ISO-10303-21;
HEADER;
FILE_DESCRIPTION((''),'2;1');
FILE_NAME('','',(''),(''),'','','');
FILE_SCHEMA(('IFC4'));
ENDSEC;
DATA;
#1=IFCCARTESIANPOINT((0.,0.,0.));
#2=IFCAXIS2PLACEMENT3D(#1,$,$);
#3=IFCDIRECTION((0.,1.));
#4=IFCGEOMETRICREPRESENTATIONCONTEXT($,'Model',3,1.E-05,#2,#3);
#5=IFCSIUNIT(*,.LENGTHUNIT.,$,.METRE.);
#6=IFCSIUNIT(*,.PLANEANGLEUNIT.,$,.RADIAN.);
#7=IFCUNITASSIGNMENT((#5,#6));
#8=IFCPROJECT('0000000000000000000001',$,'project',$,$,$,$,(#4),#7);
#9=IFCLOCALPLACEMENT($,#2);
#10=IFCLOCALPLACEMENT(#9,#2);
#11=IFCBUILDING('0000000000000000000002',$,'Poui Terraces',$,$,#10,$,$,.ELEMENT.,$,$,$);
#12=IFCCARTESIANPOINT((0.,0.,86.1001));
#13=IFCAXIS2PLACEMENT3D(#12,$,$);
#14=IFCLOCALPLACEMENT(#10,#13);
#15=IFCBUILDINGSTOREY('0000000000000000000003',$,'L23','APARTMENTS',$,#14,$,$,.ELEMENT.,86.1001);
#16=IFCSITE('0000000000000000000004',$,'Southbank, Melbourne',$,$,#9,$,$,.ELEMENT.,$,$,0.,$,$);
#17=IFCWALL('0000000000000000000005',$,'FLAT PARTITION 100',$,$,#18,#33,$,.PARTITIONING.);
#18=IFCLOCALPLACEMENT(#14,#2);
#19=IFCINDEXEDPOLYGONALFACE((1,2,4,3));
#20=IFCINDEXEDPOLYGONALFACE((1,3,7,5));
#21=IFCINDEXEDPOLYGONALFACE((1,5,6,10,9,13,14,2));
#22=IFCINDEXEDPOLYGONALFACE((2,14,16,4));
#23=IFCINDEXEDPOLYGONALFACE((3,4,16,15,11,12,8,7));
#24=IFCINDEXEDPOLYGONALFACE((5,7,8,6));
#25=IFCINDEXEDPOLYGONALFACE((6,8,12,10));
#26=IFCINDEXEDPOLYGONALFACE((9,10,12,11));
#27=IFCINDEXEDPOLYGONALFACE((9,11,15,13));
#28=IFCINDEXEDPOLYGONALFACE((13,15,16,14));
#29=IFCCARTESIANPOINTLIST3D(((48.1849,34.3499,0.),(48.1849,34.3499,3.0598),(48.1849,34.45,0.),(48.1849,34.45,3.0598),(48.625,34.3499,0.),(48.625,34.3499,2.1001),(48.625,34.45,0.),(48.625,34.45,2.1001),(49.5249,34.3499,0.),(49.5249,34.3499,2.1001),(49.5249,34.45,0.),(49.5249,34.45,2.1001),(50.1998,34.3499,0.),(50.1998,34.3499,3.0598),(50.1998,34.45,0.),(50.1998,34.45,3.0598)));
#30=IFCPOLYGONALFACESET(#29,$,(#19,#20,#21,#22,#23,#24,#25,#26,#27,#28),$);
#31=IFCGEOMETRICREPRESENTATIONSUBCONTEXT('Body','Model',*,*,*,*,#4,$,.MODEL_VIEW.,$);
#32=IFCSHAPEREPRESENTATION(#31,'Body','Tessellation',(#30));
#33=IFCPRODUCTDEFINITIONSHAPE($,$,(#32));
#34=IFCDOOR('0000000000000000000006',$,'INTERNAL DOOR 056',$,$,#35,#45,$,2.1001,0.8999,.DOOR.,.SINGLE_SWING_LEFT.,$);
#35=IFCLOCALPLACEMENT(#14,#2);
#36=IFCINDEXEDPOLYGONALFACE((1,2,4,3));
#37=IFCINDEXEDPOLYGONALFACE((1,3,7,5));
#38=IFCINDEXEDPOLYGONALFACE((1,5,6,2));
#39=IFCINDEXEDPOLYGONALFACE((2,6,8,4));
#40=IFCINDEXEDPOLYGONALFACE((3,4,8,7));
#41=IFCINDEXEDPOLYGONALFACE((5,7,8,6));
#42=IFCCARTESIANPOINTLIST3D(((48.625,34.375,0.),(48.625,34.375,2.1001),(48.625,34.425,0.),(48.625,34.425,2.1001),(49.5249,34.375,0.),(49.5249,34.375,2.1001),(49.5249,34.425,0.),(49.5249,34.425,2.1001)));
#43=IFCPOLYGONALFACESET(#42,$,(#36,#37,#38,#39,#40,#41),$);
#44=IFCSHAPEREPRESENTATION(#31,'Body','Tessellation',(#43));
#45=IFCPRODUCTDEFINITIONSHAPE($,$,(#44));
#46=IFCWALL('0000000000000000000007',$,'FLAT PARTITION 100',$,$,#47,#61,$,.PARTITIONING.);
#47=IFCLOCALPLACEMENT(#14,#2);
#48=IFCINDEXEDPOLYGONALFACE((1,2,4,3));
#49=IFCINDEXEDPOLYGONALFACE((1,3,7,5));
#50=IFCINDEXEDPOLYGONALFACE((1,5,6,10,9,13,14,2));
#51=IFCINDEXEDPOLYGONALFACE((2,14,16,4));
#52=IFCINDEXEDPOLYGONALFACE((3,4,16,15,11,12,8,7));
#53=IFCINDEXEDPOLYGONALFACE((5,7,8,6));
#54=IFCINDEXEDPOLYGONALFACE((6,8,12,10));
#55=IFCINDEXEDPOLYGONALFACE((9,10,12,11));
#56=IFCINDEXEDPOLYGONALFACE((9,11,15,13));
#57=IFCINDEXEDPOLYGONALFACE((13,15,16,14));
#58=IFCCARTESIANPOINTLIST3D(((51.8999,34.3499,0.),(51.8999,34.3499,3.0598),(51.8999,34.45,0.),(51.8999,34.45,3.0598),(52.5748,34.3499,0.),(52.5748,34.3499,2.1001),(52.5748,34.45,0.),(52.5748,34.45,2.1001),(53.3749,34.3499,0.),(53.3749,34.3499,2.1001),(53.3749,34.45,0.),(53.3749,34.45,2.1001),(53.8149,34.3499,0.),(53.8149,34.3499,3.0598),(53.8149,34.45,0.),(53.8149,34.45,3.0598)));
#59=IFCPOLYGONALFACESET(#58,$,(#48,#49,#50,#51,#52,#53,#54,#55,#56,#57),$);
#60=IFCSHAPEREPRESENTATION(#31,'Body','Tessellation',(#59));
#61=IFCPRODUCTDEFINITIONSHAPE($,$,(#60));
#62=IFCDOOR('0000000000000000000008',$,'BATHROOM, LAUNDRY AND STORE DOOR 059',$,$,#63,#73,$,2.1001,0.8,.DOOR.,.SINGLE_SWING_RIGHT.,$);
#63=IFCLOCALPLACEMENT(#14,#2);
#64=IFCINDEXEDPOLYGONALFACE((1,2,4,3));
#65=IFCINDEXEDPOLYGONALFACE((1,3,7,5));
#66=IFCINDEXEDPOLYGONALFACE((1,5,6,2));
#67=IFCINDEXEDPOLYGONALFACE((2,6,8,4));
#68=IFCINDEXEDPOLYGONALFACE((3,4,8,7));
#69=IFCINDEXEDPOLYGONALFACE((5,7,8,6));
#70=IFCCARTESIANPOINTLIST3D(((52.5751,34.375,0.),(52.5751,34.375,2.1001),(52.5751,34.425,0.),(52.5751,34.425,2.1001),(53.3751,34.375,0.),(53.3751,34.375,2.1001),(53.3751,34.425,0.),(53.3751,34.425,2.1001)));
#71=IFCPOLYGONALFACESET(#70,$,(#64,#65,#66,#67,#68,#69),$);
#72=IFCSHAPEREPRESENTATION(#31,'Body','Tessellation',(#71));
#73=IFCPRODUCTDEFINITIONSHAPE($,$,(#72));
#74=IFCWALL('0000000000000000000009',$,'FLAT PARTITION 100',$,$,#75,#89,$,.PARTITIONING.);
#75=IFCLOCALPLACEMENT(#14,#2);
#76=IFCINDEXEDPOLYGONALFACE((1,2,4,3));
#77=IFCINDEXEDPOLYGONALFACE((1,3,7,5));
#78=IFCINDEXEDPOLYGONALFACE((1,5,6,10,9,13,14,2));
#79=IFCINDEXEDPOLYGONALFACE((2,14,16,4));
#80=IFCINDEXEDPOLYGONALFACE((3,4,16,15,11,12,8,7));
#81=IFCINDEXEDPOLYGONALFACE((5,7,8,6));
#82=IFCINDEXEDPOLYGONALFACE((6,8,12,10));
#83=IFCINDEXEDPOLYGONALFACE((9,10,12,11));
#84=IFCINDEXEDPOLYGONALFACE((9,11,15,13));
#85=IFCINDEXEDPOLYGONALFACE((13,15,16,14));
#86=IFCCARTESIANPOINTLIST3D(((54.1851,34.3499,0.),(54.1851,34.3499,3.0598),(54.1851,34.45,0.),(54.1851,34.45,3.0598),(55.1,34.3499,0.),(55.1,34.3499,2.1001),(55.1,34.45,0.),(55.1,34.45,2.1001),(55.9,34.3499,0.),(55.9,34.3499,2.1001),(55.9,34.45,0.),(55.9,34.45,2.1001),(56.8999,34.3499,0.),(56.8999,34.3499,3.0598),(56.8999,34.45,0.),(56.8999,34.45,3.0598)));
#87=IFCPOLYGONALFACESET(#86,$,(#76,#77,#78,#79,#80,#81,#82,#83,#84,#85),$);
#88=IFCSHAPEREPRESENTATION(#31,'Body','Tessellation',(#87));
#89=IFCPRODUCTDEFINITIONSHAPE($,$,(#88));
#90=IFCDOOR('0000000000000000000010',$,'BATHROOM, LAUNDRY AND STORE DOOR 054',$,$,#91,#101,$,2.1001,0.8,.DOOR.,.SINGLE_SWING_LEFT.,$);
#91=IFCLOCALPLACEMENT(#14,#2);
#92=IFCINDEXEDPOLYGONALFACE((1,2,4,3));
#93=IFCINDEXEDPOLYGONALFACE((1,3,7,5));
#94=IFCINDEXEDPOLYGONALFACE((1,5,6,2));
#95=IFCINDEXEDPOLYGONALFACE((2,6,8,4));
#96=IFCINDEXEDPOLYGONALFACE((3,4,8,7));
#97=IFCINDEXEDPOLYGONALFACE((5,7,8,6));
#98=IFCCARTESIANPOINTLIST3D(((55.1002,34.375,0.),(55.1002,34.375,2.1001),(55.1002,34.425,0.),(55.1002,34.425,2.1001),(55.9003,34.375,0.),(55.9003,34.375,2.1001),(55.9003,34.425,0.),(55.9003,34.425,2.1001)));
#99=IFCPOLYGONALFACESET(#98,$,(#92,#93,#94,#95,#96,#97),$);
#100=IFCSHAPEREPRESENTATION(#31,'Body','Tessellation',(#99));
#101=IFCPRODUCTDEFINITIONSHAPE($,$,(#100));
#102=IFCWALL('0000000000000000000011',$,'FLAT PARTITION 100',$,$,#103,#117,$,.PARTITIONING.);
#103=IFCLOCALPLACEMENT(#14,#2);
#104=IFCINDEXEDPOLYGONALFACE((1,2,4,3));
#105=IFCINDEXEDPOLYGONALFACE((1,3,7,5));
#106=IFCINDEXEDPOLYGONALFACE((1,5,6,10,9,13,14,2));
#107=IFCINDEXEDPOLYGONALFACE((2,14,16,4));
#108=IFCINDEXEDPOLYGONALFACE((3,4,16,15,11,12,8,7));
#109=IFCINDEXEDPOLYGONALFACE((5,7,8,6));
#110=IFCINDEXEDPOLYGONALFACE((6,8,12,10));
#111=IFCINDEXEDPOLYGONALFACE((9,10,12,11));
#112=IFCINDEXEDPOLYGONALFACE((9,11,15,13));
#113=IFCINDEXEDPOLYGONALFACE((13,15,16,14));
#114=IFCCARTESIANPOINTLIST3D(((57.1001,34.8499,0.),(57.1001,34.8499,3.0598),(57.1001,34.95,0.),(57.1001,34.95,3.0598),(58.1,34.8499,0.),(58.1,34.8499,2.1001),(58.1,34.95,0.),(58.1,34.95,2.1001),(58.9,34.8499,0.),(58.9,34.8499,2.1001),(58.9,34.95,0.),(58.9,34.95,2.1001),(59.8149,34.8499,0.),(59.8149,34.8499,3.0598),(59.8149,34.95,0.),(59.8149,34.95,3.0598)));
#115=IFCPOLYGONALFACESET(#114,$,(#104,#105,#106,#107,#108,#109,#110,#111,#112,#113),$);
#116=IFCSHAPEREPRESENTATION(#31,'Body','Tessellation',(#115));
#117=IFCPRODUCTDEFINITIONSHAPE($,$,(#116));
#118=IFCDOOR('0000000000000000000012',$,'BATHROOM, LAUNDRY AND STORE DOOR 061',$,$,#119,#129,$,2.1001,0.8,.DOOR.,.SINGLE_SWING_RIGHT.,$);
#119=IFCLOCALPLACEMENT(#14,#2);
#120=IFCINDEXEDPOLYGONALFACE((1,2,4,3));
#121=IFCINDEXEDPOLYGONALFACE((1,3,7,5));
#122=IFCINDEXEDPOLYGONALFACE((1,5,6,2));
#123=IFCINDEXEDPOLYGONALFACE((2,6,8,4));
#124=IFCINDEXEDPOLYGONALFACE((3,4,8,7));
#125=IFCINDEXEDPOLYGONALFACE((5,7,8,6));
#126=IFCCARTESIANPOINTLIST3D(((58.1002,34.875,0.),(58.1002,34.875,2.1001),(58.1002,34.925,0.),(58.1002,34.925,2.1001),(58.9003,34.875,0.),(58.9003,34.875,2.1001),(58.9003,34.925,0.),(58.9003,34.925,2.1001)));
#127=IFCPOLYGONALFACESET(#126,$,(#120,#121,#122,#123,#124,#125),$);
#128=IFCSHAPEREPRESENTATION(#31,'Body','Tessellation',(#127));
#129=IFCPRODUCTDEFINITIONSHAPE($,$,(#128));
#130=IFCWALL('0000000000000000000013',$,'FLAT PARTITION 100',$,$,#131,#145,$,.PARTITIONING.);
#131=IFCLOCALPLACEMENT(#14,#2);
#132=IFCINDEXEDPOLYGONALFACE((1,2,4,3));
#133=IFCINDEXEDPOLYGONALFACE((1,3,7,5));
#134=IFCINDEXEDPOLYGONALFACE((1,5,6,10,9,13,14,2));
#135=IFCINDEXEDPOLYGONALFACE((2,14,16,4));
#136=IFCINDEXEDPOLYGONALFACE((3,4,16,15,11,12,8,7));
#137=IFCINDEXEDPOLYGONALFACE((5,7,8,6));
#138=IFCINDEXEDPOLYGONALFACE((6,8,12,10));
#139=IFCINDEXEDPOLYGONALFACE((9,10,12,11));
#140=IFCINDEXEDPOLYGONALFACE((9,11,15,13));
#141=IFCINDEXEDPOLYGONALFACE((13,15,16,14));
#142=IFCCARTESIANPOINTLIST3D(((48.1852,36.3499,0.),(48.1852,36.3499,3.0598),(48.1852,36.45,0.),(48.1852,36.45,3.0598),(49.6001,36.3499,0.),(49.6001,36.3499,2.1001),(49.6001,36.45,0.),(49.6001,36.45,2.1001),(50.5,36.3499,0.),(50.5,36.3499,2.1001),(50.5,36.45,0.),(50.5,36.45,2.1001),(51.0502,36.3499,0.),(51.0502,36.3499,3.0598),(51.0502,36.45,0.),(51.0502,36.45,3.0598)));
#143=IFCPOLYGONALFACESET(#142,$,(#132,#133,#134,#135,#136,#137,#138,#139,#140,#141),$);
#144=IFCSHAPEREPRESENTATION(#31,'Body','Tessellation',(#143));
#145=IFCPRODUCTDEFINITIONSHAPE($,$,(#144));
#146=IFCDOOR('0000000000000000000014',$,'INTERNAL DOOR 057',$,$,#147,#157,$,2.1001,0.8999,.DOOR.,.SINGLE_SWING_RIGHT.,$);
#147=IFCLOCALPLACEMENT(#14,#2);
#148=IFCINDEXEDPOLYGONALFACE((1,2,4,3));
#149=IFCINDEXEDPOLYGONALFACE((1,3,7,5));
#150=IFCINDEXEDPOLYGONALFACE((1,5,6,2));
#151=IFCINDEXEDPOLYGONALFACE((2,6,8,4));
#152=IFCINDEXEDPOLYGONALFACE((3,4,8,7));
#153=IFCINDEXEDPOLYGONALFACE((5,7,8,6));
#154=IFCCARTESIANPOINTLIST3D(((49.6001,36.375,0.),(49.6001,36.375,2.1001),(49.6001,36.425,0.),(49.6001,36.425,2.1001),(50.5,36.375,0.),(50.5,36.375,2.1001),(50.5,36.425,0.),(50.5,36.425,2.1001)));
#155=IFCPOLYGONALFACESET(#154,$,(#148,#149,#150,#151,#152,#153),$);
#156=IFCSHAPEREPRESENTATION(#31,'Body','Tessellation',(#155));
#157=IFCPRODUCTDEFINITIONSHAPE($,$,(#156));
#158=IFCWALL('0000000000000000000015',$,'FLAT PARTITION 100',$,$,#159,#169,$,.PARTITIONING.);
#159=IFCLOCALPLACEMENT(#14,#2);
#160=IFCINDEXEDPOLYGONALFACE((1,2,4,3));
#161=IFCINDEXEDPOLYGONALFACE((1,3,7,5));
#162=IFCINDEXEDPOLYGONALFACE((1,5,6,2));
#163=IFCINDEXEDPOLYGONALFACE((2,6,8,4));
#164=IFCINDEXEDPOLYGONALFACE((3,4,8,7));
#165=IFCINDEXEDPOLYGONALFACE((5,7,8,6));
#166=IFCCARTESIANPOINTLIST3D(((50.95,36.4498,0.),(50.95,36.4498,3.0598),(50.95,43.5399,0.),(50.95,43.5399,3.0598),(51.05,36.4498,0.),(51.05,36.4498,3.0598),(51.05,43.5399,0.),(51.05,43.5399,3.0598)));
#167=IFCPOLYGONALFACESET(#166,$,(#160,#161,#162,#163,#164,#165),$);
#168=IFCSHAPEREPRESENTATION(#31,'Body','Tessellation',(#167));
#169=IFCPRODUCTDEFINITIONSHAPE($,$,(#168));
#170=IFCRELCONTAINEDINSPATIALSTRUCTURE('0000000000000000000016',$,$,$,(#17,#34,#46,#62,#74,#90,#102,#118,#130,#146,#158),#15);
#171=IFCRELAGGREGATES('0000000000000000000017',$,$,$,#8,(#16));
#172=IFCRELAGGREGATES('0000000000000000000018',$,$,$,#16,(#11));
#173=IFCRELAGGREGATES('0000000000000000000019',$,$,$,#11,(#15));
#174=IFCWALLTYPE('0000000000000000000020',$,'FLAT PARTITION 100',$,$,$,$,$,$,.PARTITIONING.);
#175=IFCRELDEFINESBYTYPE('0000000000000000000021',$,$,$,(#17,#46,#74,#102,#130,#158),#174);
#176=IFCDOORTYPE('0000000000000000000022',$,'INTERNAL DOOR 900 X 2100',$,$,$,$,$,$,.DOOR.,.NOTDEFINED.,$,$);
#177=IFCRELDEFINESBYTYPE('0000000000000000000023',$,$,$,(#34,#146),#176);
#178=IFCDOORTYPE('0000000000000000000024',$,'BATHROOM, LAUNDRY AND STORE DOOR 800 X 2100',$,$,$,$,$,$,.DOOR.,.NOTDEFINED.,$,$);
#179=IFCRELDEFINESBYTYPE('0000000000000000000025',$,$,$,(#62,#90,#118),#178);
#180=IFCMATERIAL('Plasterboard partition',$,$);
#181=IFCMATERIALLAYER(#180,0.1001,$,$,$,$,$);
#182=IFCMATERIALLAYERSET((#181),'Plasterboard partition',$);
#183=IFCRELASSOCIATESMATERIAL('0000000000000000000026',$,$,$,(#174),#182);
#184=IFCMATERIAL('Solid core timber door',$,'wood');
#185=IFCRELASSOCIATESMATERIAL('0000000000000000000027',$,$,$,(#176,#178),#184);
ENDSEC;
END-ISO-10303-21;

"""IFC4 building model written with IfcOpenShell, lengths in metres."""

from ifc_helpers import new_model, si_unit, direction, frame, frame_2d, origin, place, context, subcontext, project, spatial, rectangle, extrude, material, layer, layer_set, type_object, element, fill, save


model = new_model("IFC4")

# Units and contexts
model_context = context("Model", 3, precision=1e-05, world=origin(), true_north=direction((0.0, 1.0)))
body_context = subcontext(model_context, "Body", "Model", "MODEL_VIEW")
ifc_project = project(units=[si_unit("LENGTHUNIT", "METRE"), si_unit("PLANEANGLEUNIT", "RADIAN")], contexts=[model_context])

# Site, building, storey
site_placement = place(None, origin())
site = spatial("IfcSite", under=ifc_project, at=site_placement, Name="Southbank, Melbourne", CompositionType="ELEMENT", RefElevation=0.0)
building_placement = place(site_placement, origin())
building = spatial("IfcBuilding", under=site, at=building_placement, Name="Poui Terraces", CompositionType="ELEMENT")
storey_placement = place(building_placement, frame((0.0, 0.0, 86.1001)))
storey = spatial("IfcBuildingStorey", under=building, at=storey_placement, Name="L23", Description="APARTMENTS", CompositionType="ELEMENT", Elevation=86.1001)

# Walls, openings, doors
ifc_material_1 = material(Name="Plasterboard partition")
ifc_layer_1 = layer(ifc_material_1, 0.1001)
ifc_layer_set_1 = layer_set([ifc_layer_1], Name="Plasterboard partition")
wall_type_1 = type_object("IfcWallType", Name="FLAT PARTITION 100", PredefinedType="PARTITIONING", material=ifc_layer_set_1)
wall_1_placement = place(storey_placement, frame((48.1851, 34.3999, 0.0), z_axis=(0.0, 0.0, 1.0), x_axis=(1.0, 0.0, 0.0)))
wall_1 = element("IfcWall", 1, at=wall_1_placement, inside=storey, type_object=wall_type_1, Name="FLAT PARTITION 100", PredefinedType="PARTITIONING", context=body_context, shape_type="SweptSolid", body=[
    extrude(rectangle(XDim=2.0149, YDim=0.1001, at=frame_2d((1.0073, 0.0))), origin(), (0.0, 0.0, 1.0), 3.0598),
])
opening_1_placement = place(wall_1_placement, frame((0.4399, 0.0, 0.0)))
opening_1 = element("IfcOpeningElement", 2, at=opening_1_placement, cuts=wall_1, PredefinedType="OPENING", context=body_context, shape_type="SweptSolid", body=[
    extrude(rectangle(XDim=0.8999, YDim=2.1001, at=frame_2d((0.45, 1.05))), frame((0.0, 0.0601, 0.0), z_axis=(0.0, -1.0, 0.0), x_axis=(1.0, 0.0, 0.0)), (0.0, 0.0, 1.0), 0.1201),
])
ifc_material_2 = material(Name="Solid core timber door", Category="wood")
door_type_1 = type_object("IfcDoorType", Name="INTERNAL DOOR 900 X 2100", OperationType="NOTDEFINED", PredefinedType="DOOR", material=ifc_material_2)
door_1_placement = place(opening_1_placement, frame((0.8999, 0.0, 0.0), z_axis=(0.0, 0.0, 1.0), x_axis=(-1.0, 0.0, 0.0)))
door_1 = element("IfcDoor", 3, at=door_1_placement, inside=storey, type_object=door_type_1, Name="INTERNAL DOOR 056", OperationType="SINGLE_SWING_LEFT", OverallHeight=2.1001, OverallWidth=0.8999, PredefinedType="DOOR", context=body_context, shape_type="SweptSolid", body=[
    extrude(rectangle(XDim=0.8999, YDim=2.1001, at=frame_2d((0.45, 1.05))), frame((0.0, 0.0249, 0.0), z_axis=(0.0, -1.0, 0.0), x_axis=(1.0, 0.0, 0.0)), (0.0, 0.0, 1.0), 0.05),
])
fill(opening_1, door_1)
wall_2_placement = place(storey_placement, frame((51.8999, 34.3999, 0.0), z_axis=(0.0, 0.0, 1.0), x_axis=(1.0, 0.0, 0.0)))
wall_2 = element("IfcWall", 4, at=wall_2_placement, inside=storey, type_object=wall_type_1, Name="FLAT PARTITION 100", PredefinedType="PARTITIONING", context=body_context, shape_type="SweptSolid", body=[
    extrude(rectangle(XDim=1.915, YDim=0.1001, at=frame_2d((0.9575, 0.0))), origin(), (0.0, 0.0, 1.0), 3.0598),
])
opening_2_placement = place(wall_2_placement, frame((0.675, 0.0, 0.0)))
opening_2 = element("IfcOpeningElement", 5, at=opening_2_placement, cuts=wall_2, PredefinedType="OPENING", context=body_context, shape_type="SweptSolid", body=[
    extrude(rectangle(XDim=0.8, YDim=2.1001, at=frame_2d((0.3999, 1.05))), frame((0.0, 0.0601, 0.0), z_axis=(0.0, -1.0, 0.0), x_axis=(1.0, 0.0, 0.0)), (0.0, 0.0, 1.0), 0.1201),
])
door_type_2 = type_object("IfcDoorType", Name="BATHROOM, LAUNDRY AND STORE DOOR 800 X 2100", OperationType="NOTDEFINED", PredefinedType="DOOR", material=ifc_material_2)
door_2_placement = place(opening_2_placement, frame((0.8, 0.0, 0.0), z_axis=(0.0, 0.0, 1.0), x_axis=(-1.0, 0.0, 0.0)))
door_2 = element("IfcDoor", 6, at=door_2_placement, inside=storey, type_object=door_type_2, Name="BATHROOM, LAUNDRY AND STORE DOOR 059", OperationType="SINGLE_SWING_RIGHT", OverallHeight=2.1001, OverallWidth=0.8, PredefinedType="DOOR", context=body_context, shape_type="SweptSolid", body=[
    extrude(rectangle(XDim=0.8, YDim=2.1001, at=frame_2d((0.3999, 1.05))), frame((0.0, 0.0249, 0.0), z_axis=(0.0, -1.0, 0.0), x_axis=(1.0, 0.0, 0.0)), (0.0, 0.0, 1.0), 0.05),
])
fill(opening_2, door_2)
wall_3_placement = place(storey_placement, frame((54.1851, 34.3999, 0.0), z_axis=(0.0, 0.0, 1.0), x_axis=(1.0, 0.0, 0.0)))
wall_3 = element("IfcWall", 7, at=wall_3_placement, inside=storey, type_object=wall_type_1, Name="FLAT PARTITION 100", PredefinedType="PARTITIONING", context=body_context, shape_type="SweptSolid", body=[
    extrude(rectangle(XDim=2.7148, YDim=0.1001, at=frame_2d((1.3574, 0.0))), origin(), (0.0, 0.0, 1.0), 3.0598),
])
opening_3_placement = place(wall_3_placement, frame((0.915, 0.0, 0.0)))
opening_3 = element("IfcOpeningElement", 8, at=opening_3_placement, cuts=wall_3, PredefinedType="OPENING", context=body_context, shape_type="SweptSolid", body=[
    extrude(rectangle(XDim=0.8, YDim=2.1001, at=frame_2d((0.3999, 1.05))), frame((0.0, 0.0601, 0.0), z_axis=(0.0, -1.0, 0.0), x_axis=(1.0, 0.0, 0.0)), (0.0, 0.0, 1.0), 0.1201),
])
door_3_placement = place(opening_3_placement, frame((0.8, 0.0, 0.0), z_axis=(0.0, 0.0, 1.0), x_axis=(-1.0, 0.0, 0.0)))
door_3 = element("IfcDoor", 9, at=door_3_placement, inside=storey, type_object=door_type_2, Name="BATHROOM, LAUNDRY AND STORE DOOR 054", OperationType="SINGLE_SWING_LEFT", OverallHeight=2.1001, OverallWidth=0.8, PredefinedType="DOOR", context=body_context, shape_type="SweptSolid", body=[
    extrude(rectangle(XDim=0.8, YDim=2.1001, at=frame_2d((0.3999, 1.05))), frame((0.0, 0.0249, 0.0), z_axis=(0.0, -1.0, 0.0), x_axis=(1.0, 0.0, 0.0)), (0.0, 0.0, 1.0), 0.05),
])
fill(opening_3, door_3)
wall_4_placement = place(storey_placement, frame((57.1001, 34.8999, 0.0), z_axis=(0.0, 0.0, 1.0), x_axis=(1.0, 0.0, 0.0)))
wall_4 = element("IfcWall", 10, at=wall_4_placement, inside=storey, type_object=wall_type_1, Name="FLAT PARTITION 100", PredefinedType="PARTITIONING", context=body_context, shape_type="SweptSolid", body=[
    extrude(rectangle(XDim=2.7148, YDim=0.1001, at=frame_2d((1.3574, 0.0))), origin(), (0.0, 0.0, 1.0), 3.0598),
])
opening_4_placement = place(wall_4_placement, frame((1.0, 0.0, 0.0)))
opening_4 = element("IfcOpeningElement", 11, at=opening_4_placement, cuts=wall_4, PredefinedType="OPENING", context=body_context, shape_type="SweptSolid", body=[
    extrude(rectangle(XDim=0.8, YDim=2.1001, at=frame_2d((0.3999, 1.05))), frame((0.0, 0.0601, 0.0), z_axis=(0.0, -1.0, 0.0), x_axis=(1.0, 0.0, 0.0)), (0.0, 0.0, 1.0), 0.1201),
])
door_4_placement = place(opening_4_placement, frame((0.8, 0.0, 0.0), z_axis=(0.0, 0.0, 1.0), x_axis=(-1.0, 0.0, 0.0)))
door_4 = element("IfcDoor", 12, at=door_4_placement, inside=storey, type_object=door_type_2, Name="BATHROOM, LAUNDRY AND STORE DOOR 061", OperationType="SINGLE_SWING_RIGHT", OverallHeight=2.1001, OverallWidth=0.8, PredefinedType="DOOR", context=body_context, shape_type="SweptSolid", body=[
    extrude(rectangle(XDim=0.8, YDim=2.1001, at=frame_2d((0.3999, 1.05))), frame((0.0, 0.0249, 0.0), z_axis=(0.0, -1.0, 0.0), x_axis=(1.0, 0.0, 0.0)), (0.0, 0.0, 1.0), 0.05),
])
fill(opening_4, door_4)
wall_5_placement = place(storey_placement, frame((48.1851, 36.3999, 0.0), z_axis=(0.0, 0.0, 1.0), x_axis=(1.0, 0.0, 0.0)))
wall_5 = element("IfcWall", 13, at=wall_5_placement, inside=storey, type_object=wall_type_1, Name="FLAT PARTITION 100", PredefinedType="PARTITIONING", context=body_context, shape_type="SweptSolid", body=[
    extrude(rectangle(XDim=2.865, YDim=0.1001, at=frame_2d((1.4326, 0.0))), origin(), (0.0, 0.0, 1.0), 3.0598),
])
opening_5_placement = place(wall_5_placement, frame((1.415, 0.0, 0.0)))
opening_5 = element("IfcOpeningElement", 14, at=opening_5_placement, cuts=wall_5, PredefinedType="OPENING", context=body_context, shape_type="SweptSolid", body=[
    extrude(rectangle(XDim=0.8999, YDim=2.1001, at=frame_2d((0.45, 1.05))), frame((0.0, 0.0601, 0.0), z_axis=(0.0, -1.0, 0.0), x_axis=(1.0, 0.0, 0.0)), (0.0, 0.0, 1.0), 0.1201),
])
door_5_placement = place(opening_5_placement, frame((0.8999, 0.0, 0.0), z_axis=(0.0, 0.0, 1.0), x_axis=(-1.0, 0.0, 0.0)))
door_5 = element("IfcDoor", 15, at=door_5_placement, inside=storey, type_object=door_type_1, Name="INTERNAL DOOR 057", OperationType="SINGLE_SWING_RIGHT", OverallHeight=2.1001, OverallWidth=0.8999, PredefinedType="DOOR", context=body_context, shape_type="SweptSolid", body=[
    extrude(rectangle(XDim=0.8999, YDim=2.1001, at=frame_2d((0.45, 1.05))), frame((0.0, 0.0249, 0.0), z_axis=(0.0, -1.0, 0.0), x_axis=(1.0, 0.0, 0.0)), (0.0, 0.0, 1.0), 0.05),
])
fill(opening_5, door_5)

# Wall
wall_6_placement = place(storey_placement, frame((51.0, 36.45, 0.0), z_axis=(0.0, 0.0, 1.0), x_axis=(0.0, 1.0, 0.0)))
element("IfcWall", 16, at=wall_6_placement, inside=storey, type_object=wall_type_1, Name="FLAT PARTITION 100", PredefinedType="PARTITIONING", context=body_context, shape_type="SweptSolid", body=[
    extrude(rectangle(XDim=7.0901, YDim=0.1001, at=frame_2d((3.5449, 0.0))), origin(), (0.0, 0.0, 1.0), 3.0598),
])

save(model, "model.ifc")
